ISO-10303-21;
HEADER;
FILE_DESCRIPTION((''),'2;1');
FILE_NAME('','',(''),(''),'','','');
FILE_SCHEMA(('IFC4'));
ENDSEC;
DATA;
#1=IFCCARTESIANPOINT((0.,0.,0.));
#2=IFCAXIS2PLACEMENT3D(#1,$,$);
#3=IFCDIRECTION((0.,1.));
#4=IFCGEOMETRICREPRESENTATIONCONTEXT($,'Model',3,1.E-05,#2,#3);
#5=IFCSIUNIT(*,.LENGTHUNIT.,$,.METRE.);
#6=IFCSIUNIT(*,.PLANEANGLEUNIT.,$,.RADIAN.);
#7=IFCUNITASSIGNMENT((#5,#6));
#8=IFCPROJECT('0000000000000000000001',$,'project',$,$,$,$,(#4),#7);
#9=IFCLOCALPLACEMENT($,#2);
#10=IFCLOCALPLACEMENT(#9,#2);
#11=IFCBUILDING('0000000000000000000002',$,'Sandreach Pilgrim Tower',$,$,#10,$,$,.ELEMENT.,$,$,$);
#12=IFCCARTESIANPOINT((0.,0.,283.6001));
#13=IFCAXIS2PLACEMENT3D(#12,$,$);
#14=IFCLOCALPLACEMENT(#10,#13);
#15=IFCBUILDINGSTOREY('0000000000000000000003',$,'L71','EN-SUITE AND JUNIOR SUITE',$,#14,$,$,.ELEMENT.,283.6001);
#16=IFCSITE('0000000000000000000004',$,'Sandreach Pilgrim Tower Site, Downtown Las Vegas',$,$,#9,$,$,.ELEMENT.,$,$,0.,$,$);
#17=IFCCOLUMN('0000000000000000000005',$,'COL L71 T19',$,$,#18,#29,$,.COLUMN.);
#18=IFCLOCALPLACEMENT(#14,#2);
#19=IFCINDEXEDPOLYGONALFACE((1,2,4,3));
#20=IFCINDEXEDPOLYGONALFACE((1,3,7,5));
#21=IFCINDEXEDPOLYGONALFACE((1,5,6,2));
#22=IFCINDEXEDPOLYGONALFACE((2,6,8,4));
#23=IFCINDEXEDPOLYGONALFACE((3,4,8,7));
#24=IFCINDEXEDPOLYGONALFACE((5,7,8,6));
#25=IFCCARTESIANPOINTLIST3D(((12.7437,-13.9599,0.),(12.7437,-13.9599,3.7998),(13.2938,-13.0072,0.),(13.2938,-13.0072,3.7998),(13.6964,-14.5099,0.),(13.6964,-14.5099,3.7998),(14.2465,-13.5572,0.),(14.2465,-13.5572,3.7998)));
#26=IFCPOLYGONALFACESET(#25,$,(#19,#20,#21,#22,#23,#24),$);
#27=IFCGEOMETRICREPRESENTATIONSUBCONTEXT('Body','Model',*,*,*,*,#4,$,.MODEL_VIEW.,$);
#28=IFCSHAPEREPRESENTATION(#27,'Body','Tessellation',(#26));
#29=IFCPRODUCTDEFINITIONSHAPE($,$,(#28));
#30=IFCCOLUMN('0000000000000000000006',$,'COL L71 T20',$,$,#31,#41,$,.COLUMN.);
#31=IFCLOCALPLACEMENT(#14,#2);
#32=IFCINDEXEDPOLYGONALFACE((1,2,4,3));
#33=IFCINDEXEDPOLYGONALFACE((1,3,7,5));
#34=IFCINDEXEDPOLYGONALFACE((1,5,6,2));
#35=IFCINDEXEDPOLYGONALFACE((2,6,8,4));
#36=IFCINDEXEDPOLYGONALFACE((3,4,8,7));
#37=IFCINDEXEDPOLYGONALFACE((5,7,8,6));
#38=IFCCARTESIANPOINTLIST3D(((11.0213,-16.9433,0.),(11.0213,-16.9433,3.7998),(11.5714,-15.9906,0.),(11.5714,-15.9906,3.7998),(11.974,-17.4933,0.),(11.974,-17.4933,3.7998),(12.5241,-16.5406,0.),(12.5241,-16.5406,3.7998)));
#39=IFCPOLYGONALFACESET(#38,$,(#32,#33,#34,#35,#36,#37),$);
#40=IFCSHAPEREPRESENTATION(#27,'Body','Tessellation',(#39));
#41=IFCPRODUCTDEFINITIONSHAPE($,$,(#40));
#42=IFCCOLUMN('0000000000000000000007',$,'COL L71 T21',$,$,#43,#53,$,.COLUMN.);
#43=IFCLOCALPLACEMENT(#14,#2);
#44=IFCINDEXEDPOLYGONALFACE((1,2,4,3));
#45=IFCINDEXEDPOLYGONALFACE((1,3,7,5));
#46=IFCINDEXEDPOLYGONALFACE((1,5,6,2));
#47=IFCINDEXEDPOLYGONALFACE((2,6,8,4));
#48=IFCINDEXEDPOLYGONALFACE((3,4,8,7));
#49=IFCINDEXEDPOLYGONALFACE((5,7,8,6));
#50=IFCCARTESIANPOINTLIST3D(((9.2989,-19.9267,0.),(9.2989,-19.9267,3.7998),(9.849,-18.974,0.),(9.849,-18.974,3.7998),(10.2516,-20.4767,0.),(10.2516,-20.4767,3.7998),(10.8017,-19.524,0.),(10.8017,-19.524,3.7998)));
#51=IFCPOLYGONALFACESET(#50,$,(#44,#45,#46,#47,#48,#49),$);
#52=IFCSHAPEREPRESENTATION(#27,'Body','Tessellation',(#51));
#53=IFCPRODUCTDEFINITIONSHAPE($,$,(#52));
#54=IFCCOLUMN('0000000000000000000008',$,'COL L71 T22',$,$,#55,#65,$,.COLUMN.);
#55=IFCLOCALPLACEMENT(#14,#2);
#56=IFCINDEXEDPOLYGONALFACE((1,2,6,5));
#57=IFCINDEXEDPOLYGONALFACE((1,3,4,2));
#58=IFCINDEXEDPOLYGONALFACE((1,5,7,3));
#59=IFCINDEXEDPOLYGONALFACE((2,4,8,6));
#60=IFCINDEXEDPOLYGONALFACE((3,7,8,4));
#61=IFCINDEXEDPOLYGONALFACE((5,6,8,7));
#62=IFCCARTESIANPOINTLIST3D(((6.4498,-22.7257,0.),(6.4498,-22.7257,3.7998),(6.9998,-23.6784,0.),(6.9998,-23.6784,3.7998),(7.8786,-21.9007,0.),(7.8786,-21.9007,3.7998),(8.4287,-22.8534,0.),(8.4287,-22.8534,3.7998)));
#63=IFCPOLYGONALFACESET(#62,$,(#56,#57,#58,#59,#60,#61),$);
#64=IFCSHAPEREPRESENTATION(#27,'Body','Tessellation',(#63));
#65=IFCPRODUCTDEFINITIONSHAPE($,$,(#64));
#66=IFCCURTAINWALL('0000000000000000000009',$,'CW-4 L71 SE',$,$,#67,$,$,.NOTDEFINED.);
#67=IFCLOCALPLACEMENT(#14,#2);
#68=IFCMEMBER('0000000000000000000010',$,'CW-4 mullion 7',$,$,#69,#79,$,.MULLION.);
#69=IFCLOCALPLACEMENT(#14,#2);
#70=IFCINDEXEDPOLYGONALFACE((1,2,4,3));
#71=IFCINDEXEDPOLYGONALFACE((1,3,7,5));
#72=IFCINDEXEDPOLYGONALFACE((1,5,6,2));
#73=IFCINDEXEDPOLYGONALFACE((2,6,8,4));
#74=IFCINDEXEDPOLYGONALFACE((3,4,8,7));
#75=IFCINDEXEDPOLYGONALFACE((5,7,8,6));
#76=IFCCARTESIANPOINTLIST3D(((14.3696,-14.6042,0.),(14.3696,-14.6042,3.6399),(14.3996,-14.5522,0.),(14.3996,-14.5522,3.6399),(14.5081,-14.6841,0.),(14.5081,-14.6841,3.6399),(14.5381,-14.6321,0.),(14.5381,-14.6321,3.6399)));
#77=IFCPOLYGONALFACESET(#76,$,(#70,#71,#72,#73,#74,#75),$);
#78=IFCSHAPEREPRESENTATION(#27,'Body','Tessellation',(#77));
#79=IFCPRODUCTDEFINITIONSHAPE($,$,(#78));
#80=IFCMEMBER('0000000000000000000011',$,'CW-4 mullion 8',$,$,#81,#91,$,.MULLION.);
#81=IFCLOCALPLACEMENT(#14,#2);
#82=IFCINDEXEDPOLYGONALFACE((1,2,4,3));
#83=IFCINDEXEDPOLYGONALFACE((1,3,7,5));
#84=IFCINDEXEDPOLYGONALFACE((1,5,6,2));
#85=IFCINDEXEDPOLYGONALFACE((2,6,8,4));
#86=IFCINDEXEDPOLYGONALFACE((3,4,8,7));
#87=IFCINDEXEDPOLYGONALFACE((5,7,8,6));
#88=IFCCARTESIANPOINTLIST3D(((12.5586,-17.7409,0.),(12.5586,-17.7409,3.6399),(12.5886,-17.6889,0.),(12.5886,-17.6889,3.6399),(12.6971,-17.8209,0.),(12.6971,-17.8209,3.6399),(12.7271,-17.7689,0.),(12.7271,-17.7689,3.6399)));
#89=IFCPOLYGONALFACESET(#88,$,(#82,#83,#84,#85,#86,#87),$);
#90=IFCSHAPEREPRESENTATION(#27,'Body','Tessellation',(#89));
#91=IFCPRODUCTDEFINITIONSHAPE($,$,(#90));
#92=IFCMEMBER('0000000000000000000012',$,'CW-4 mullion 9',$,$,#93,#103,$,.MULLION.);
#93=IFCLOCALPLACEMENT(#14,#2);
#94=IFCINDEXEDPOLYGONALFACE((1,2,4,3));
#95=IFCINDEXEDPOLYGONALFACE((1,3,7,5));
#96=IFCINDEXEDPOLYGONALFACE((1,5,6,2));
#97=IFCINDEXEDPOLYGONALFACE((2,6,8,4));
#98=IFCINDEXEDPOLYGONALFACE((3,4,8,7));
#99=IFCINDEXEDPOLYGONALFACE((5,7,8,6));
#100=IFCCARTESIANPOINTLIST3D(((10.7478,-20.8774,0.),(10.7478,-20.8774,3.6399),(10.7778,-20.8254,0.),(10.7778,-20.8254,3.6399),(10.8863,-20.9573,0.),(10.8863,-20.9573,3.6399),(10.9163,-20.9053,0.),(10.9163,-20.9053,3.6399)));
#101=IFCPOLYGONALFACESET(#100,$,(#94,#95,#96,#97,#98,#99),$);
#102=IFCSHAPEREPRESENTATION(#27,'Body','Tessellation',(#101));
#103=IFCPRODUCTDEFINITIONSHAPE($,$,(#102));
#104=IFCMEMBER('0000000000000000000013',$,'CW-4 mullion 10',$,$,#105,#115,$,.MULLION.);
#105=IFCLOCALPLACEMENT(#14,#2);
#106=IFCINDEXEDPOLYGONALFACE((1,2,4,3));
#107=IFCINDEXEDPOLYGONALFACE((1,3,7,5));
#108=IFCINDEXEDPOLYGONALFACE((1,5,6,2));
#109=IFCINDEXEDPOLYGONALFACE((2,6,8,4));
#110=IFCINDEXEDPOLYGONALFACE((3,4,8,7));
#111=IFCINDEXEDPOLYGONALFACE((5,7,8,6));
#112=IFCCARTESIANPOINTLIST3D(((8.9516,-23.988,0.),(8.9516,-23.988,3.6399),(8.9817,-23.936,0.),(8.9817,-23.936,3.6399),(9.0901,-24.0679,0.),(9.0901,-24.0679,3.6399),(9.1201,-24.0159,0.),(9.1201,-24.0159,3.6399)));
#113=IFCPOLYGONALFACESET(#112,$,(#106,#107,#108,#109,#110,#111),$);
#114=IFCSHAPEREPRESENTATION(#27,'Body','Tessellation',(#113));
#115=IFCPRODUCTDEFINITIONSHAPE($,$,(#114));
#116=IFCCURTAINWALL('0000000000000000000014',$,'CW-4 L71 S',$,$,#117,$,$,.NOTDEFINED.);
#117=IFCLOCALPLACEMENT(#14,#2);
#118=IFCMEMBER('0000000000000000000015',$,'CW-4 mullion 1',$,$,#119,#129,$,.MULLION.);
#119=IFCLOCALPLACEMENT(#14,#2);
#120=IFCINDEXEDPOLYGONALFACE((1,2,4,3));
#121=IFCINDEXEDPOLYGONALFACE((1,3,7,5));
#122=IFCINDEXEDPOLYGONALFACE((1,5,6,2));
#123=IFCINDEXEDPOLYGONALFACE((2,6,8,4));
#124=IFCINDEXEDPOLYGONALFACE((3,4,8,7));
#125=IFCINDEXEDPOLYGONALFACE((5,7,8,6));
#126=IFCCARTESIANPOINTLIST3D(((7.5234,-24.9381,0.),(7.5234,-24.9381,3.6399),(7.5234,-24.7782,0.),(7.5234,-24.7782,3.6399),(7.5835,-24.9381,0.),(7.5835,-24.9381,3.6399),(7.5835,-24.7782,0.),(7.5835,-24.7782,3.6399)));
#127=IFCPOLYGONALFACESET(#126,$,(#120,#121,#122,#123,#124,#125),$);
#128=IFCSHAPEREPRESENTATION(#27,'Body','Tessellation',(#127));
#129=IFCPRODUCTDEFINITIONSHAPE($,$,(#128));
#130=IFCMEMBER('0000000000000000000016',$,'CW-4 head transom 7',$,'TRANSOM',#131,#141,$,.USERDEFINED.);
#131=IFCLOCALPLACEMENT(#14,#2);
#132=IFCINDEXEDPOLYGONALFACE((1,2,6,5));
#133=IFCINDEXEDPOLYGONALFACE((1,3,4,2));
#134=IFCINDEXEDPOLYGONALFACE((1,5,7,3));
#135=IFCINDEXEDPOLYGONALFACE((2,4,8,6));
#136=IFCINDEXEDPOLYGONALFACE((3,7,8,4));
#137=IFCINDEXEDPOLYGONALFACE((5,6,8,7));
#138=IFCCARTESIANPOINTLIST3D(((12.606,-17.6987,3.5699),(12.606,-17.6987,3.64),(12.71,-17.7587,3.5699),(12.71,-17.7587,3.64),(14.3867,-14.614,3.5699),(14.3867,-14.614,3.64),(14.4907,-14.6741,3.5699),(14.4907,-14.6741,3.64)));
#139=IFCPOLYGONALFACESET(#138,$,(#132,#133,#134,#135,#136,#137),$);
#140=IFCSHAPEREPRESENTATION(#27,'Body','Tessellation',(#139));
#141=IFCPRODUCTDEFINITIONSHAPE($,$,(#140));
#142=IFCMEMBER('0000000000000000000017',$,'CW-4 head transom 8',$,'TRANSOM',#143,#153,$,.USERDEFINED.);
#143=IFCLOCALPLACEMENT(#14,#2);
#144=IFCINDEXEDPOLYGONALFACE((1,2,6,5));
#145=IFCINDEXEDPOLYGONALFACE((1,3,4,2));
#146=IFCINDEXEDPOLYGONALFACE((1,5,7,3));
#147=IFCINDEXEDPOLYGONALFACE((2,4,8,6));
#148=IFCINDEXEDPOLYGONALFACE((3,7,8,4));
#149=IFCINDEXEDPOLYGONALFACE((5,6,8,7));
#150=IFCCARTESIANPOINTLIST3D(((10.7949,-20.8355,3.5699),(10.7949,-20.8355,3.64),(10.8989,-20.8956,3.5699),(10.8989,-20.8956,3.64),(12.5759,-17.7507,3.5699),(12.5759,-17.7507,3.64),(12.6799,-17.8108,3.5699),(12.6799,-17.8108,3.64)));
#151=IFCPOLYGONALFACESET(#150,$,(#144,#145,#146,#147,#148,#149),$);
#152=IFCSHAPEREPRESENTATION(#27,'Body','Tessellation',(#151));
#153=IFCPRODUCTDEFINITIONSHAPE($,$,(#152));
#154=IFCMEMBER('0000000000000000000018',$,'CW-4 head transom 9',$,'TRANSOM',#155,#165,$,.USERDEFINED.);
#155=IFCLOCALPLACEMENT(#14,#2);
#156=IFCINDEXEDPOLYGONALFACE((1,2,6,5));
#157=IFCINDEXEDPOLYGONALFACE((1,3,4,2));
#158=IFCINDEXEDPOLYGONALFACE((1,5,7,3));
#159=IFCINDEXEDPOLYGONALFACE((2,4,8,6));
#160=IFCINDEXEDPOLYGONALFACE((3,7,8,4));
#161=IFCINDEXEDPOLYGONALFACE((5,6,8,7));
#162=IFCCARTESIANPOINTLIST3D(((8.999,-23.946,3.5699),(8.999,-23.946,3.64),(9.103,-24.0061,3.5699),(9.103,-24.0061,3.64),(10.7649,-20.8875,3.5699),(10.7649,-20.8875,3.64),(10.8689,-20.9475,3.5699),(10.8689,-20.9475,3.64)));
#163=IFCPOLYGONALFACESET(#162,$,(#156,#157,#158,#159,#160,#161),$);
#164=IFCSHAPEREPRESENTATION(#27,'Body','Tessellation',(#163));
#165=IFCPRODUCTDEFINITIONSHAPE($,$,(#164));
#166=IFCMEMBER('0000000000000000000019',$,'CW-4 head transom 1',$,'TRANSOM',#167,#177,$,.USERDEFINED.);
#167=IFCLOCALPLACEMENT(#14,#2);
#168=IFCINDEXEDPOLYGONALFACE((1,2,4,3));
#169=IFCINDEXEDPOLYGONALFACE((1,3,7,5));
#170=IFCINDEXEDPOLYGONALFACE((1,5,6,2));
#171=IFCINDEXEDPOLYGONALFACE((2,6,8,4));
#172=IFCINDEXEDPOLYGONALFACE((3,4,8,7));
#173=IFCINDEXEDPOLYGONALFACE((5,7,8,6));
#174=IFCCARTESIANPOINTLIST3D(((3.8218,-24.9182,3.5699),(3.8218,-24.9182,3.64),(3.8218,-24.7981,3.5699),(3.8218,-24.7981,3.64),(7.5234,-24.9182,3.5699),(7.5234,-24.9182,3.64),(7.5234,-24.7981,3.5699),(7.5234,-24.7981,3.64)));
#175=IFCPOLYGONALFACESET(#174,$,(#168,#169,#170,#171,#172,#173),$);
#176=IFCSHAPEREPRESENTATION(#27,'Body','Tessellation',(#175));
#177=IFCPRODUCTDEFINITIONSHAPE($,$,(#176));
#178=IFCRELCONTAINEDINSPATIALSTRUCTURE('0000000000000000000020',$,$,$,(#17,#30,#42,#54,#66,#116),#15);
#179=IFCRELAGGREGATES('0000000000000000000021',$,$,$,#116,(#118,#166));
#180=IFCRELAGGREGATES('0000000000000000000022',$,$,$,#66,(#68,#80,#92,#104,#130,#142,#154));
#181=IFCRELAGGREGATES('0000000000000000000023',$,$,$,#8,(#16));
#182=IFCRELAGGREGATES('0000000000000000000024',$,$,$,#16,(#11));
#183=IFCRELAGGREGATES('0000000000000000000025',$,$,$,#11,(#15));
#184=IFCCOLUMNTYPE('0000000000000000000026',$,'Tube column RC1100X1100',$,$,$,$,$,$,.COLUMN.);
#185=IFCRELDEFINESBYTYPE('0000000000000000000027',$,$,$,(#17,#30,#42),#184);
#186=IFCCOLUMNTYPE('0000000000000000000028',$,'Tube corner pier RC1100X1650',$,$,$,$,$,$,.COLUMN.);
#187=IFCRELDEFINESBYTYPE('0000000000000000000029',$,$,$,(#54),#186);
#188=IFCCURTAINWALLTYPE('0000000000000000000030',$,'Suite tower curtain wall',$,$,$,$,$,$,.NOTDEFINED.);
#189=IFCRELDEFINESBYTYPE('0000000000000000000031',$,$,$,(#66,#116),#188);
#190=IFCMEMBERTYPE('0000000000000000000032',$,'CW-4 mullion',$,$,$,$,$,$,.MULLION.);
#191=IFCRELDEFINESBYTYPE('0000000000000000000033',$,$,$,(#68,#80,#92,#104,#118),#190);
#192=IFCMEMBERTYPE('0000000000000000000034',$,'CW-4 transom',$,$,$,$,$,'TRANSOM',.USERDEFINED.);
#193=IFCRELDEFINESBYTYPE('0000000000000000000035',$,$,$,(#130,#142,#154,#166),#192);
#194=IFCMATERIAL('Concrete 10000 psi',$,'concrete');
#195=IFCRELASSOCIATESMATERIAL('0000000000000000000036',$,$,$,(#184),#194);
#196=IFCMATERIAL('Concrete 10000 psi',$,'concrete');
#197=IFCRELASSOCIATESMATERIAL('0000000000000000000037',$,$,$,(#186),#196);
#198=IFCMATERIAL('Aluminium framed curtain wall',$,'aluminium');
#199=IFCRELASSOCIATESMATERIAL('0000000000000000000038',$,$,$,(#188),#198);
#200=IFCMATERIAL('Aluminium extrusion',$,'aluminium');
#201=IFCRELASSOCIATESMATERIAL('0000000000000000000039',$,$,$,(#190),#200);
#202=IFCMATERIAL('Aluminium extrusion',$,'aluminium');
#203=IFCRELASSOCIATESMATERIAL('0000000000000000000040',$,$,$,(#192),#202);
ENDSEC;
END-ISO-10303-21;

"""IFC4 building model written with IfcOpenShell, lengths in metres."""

from ifc_helpers import new_model, si_unit, direction, frame, origin, origin_2d, place, context, subcontext, project, spatial, rectangle, extrude, material, material_profile, profile_set, type_object, element, aggregate, save


model = new_model("IFC4")

# Units and contexts
model_context = context("Model", 3, precision=1e-05, world=origin(), true_north=direction((0.0, 1.0)))
body_context = subcontext(model_context, "Body", "Model", "MODEL_VIEW")
ifc_project = project(units=[si_unit("LENGTHUNIT", "METRE"), si_unit("PLANEANGLEUNIT", "RADIAN")], contexts=[model_context])

# Site, building, storey
site_placement = place(None, origin())
site = spatial("IfcSite", under=ifc_project, at=site_placement, Name="Sandreach Pilgrim Tower Site, Downtown Las Vegas", CompositionType="ELEMENT", RefElevation=0.0)
building_placement = place(site_placement, origin())
building = spatial("IfcBuilding", under=site, at=building_placement, Name="Sandreach Pilgrim Tower", CompositionType="ELEMENT")
storey_placement = place(building_placement, frame((0.0, 0.0, 283.6001)))
storey = spatial("IfcBuildingStorey", under=building, at=storey_placement, Name="L71", Description="EN-SUITE AND JUNIOR SUITE", CompositionType="ELEMENT", Elevation=283.6001)

# Columns
ifc_material_1 = material(Name="Concrete 10000 psi", Category="concrete")
ifc_material_profile_1 = material_profile(ifc_material_1, rectangle(XDim=1.1001, YDim=1.1001, at=origin_2d()), Name="RC1100X1100")
ifc_profile_set_1 = profile_set([ifc_material_profile_1], Name="Concrete 10000 psi")
column_type_1 = type_object("IfcColumnType", Name="Tube column RC1100X1100", PredefinedType="COLUMN", material=ifc_profile_set_1)
for number, where, z_axis, x_axis, name in (
    (1, (13.4951, -13.7585, 0.0), (0.0, 0.0, 1.0), (0.866025, -0.5, 0.0), "COL L71 T19"),
    (2, (11.7727, -16.7419, 0.0), (0.0, 0.0, 1.0), (0.866025, -0.5, 0.0), "COL L71 T20"),
    (3, (10.0503, -19.7253, 0.0), (0.0, 0.0, 1.0), (0.866025, -0.5, 0.0), "COL L71 T21"),
):
    element("IfcColumn", number, at=place(storey_placement, frame(where, z_axis=z_axis, x_axis=x_axis)), inside=storey, type_object=column_type_1, Name=name, PredefinedType="COLUMN", context=body_context, shape_type="SweptSolid", body=[
        extrude(rectangle(XDim=1.1001, YDim=1.1001, at=origin_2d()), origin(), (0.0, 0.0, 1.0), 3.7998),
    ])
ifc_material_2 = material(Name="Concrete 10000 psi", Category="concrete")
ifc_material_profile_2 = material_profile(ifc_material_2, rectangle(XDim=1.1001, YDim=1.6499, at=origin_2d()), Name="RC1100X1650")
ifc_profile_set_2 = profile_set([ifc_material_profile_2], Name="Concrete 10000 psi")
column_type_2 = type_object("IfcColumnType", Name="Tube corner pier RC1100X1650", PredefinedType="COLUMN", material=ifc_profile_set_2)
column_placement = place(storey_placement, frame((7.4392, -22.7896, 0.0), z_axis=(0.0, 0.0, 1.0), x_axis=(0.5, -0.866025, 0.0)))
element("IfcColumn", 4, at=column_placement, inside=storey, type_object=column_type_2, Name="COL L71 T22", PredefinedType="COLUMN", context=body_context, shape_type="SweptSolid", body=[
    extrude(rectangle(XDim=1.1001, YDim=1.6499, at=origin_2d()), origin(), (0.0, 0.0, 1.0), 3.7998),
])

# Curtain wall, members
ifc_material_3 = material(Name="Aluminium framed curtain wall", Category="aluminium")
curtain_wall_type = type_object("IfcCurtainWallType", Name="Suite tower curtain wall", PredefinedType="NOTDEFINED", material=ifc_material_3)
curtain_wall_1_placement = place(storey_placement, origin())
curtain_wall_1 = element("IfcCurtainWall", 5, at=curtain_wall_1_placement, inside=storey, type_object=curtain_wall_type, Name="CW-4 L71 SE", PredefinedType="NOTDEFINED")
ifc_material_4 = material(Name="Aluminium extrusion", Category="aluminium")
ifc_material_profile_3 = material_profile(ifc_material_4, rectangle(XDim=0.0601, YDim=0.1599, at=origin_2d()), Name="CW-4M 60X160")
ifc_profile_set_3 = profile_set([ifc_material_profile_3], Name="Aluminium extrusion")
member_type_1 = type_object("IfcMemberType", Name="CW-4 mullion", PredefinedType="MULLION", material=ifc_profile_set_3)
member_1_placement = place(storey_placement, frame((14.4539, -14.6182, 0.0), z_axis=(0.0, 0.0, 1.0), x_axis=(-0.5, -0.866025, 0.0)))
member_1 = element("IfcMember", 6, at=member_1_placement, type_object=member_type_1, Name="CW-4 mullion 7", PredefinedType="MULLION", context=body_context, shape_type="SweptSolid", body=[
    extrude(rectangle(XDim=0.0601, YDim=0.1599, at=origin_2d()), origin(), (0.0, 0.0, 1.0), 3.6399),
])
member_2_placement = place(storey_placement, frame((12.6428, -17.7549, 0.0), z_axis=(0.0, 0.0, 1.0), x_axis=(-0.5, -0.866025, 0.0)))
member_2 = element("IfcMember", 7, at=member_2_placement, type_object=member_type_1, Name="CW-4 mullion 8", PredefinedType="MULLION", context=body_context, shape_type="SweptSolid", body=[
    extrude(rectangle(XDim=0.0601, YDim=0.1599, at=origin_2d()), origin(), (0.0, 0.0, 1.0), 3.6399),
])
member_3_placement = place(storey_placement, frame((10.832, -20.8914, 0.0), z_axis=(0.0, 0.0, 1.0), x_axis=(-0.5, -0.866025, 0.0)))
member_3 = element("IfcMember", 8, at=member_3_placement, type_object=member_type_1, Name="CW-4 mullion 9", PredefinedType="MULLION", context=body_context, shape_type="SweptSolid", body=[
    extrude(rectangle(XDim=0.0601, YDim=0.1599, at=origin_2d()), origin(), (0.0, 0.0, 1.0), 3.6399),
])
member_4_placement = place(storey_placement, frame((9.0359, -24.002, 0.0), z_axis=(0.0, 0.0, 1.0), x_axis=(-0.5, -0.866025, 0.0)))
member_4 = element("IfcMember", 9, at=member_4_placement, type_object=member_type_1, Name="CW-4 mullion 10", PredefinedType="MULLION", context=body_context, shape_type="SweptSolid", body=[
    extrude(rectangle(XDim=0.0601, YDim=0.1599, at=origin_2d()), origin(), (0.0, 0.0, 1.0), 3.6399),
])

# Curtain wall, member
curtain_wall_2_placement = place(storey_placement, origin())
curtain_wall_2 = element("IfcCurtainWall", 10, at=curtain_wall_2_placement, inside=storey, type_object=curtain_wall_type, Name="CW-4 L71 S", PredefinedType="NOTDEFINED")
member_5_placement = place(storey_placement, frame((7.5535, -24.8582, 0.0), z_axis=(0.0, 0.0, 1.0), x_axis=(-1.0, 0.0, 0.0)))
member_5 = element("IfcMember", 11, at=member_5_placement, type_object=member_type_1, Name="CW-4 mullion 1", PredefinedType="MULLION", context=body_context, shape_type="SweptSolid", body=[
    extrude(rectangle(XDim=0.0601, YDim=0.1599, at=origin_2d()), origin(), (0.0, 0.0, 1.0), 3.6399),
])

# Members
ifc_material_5 = material(Name="Aluminium extrusion", Category="aluminium")
ifc_material_profile_4 = material_profile(ifc_material_5, rectangle(XDim=0.1201, YDim=0.0701, at=origin_2d()), Name="CW-4T 120X70")
ifc_profile_set_4 = profile_set([ifc_material_profile_4], Name="Aluminium extrusion")
member_type_2 = type_object("IfcMemberType", Name="CW-4 transom", ElementType="TRANSOM", PredefinedType="USERDEFINED", material=ifc_profile_set_4)
member_6_placement = place(storey_placement, frame((14.4387, -14.644, 3.605), z_axis=(-0.499958, -0.86605, 0.0), x_axis=(0.86605, -0.499958, 0.0)))
member_6 = element("IfcMember", 12, at=member_6_placement, type_object=member_type_2, Name="CW-4 head transom 7", ObjectType="TRANSOM", PredefinedType="USERDEFINED", context=body_context, shape_type="SweptSolid", body=[
    extrude(rectangle(XDim=0.1201, YDim=0.0701, at=origin_2d()), origin(), (0.0, 0.0, 1.0), 3.5618),
])
member_7_placement = place(storey_placement, frame((12.6279, -17.7808, 3.605), z_axis=(-0.500009, -0.86602, 0.0), x_axis=(0.86602, -0.500009, 0.0)))
member_7 = element("IfcMember", 13, at=member_7_placement, type_object=member_type_2, Name="CW-4 head transom 8", ObjectType="TRANSOM", PredefinedType="USERDEFINED", context=body_context, shape_type="SweptSolid", body=[
    extrude(rectangle(XDim=0.1201, YDim=0.0701, at=origin_2d()), origin(), (0.0, 0.0, 1.0), 3.562),
])
member_8_placement = place(storey_placement, frame((10.8169, -20.9175, 3.605), z_axis=(-0.499998, -0.866027, 0.0), x_axis=(0.866027, -0.499998, 0.0)))
member_8 = element("IfcMember", 14, at=member_8_placement, type_object=member_type_2, Name="CW-4 head transom 9", ObjectType="TRANSOM", PredefinedType="USERDEFINED", context=body_context, shape_type="SweptSolid", body=[
    extrude(rectangle(XDim=0.1201, YDim=0.0701, at=origin_2d()), origin(), (0.0, 0.0, 1.0), 3.5317),
])
member_9_placement = place(storey_placement, frame((7.5234, -24.8582, 3.605), z_axis=(-1.0, 0.0, 0.0), x_axis=(0.0, -1.0, 0.0)))
member_9 = element("IfcMember", 15, at=member_9_placement, type_object=member_type_2, Name="CW-4 head transom 1", ObjectType="TRANSOM", PredefinedType="USERDEFINED", context=body_context, shape_type="SweptSolid", body=[
    extrude(rectangle(XDim=0.1201, YDim=0.0701, at=origin_2d()), origin(), (0.0, 0.0, 1.0), 3.7017),
])
aggregate(curtain_wall_2, [member_5, member_9])

aggregate(curtain_wall_1, [member_1, member_2, member_3, member_4, member_6, member_7, member_8])

save(model, "model.ifc")
